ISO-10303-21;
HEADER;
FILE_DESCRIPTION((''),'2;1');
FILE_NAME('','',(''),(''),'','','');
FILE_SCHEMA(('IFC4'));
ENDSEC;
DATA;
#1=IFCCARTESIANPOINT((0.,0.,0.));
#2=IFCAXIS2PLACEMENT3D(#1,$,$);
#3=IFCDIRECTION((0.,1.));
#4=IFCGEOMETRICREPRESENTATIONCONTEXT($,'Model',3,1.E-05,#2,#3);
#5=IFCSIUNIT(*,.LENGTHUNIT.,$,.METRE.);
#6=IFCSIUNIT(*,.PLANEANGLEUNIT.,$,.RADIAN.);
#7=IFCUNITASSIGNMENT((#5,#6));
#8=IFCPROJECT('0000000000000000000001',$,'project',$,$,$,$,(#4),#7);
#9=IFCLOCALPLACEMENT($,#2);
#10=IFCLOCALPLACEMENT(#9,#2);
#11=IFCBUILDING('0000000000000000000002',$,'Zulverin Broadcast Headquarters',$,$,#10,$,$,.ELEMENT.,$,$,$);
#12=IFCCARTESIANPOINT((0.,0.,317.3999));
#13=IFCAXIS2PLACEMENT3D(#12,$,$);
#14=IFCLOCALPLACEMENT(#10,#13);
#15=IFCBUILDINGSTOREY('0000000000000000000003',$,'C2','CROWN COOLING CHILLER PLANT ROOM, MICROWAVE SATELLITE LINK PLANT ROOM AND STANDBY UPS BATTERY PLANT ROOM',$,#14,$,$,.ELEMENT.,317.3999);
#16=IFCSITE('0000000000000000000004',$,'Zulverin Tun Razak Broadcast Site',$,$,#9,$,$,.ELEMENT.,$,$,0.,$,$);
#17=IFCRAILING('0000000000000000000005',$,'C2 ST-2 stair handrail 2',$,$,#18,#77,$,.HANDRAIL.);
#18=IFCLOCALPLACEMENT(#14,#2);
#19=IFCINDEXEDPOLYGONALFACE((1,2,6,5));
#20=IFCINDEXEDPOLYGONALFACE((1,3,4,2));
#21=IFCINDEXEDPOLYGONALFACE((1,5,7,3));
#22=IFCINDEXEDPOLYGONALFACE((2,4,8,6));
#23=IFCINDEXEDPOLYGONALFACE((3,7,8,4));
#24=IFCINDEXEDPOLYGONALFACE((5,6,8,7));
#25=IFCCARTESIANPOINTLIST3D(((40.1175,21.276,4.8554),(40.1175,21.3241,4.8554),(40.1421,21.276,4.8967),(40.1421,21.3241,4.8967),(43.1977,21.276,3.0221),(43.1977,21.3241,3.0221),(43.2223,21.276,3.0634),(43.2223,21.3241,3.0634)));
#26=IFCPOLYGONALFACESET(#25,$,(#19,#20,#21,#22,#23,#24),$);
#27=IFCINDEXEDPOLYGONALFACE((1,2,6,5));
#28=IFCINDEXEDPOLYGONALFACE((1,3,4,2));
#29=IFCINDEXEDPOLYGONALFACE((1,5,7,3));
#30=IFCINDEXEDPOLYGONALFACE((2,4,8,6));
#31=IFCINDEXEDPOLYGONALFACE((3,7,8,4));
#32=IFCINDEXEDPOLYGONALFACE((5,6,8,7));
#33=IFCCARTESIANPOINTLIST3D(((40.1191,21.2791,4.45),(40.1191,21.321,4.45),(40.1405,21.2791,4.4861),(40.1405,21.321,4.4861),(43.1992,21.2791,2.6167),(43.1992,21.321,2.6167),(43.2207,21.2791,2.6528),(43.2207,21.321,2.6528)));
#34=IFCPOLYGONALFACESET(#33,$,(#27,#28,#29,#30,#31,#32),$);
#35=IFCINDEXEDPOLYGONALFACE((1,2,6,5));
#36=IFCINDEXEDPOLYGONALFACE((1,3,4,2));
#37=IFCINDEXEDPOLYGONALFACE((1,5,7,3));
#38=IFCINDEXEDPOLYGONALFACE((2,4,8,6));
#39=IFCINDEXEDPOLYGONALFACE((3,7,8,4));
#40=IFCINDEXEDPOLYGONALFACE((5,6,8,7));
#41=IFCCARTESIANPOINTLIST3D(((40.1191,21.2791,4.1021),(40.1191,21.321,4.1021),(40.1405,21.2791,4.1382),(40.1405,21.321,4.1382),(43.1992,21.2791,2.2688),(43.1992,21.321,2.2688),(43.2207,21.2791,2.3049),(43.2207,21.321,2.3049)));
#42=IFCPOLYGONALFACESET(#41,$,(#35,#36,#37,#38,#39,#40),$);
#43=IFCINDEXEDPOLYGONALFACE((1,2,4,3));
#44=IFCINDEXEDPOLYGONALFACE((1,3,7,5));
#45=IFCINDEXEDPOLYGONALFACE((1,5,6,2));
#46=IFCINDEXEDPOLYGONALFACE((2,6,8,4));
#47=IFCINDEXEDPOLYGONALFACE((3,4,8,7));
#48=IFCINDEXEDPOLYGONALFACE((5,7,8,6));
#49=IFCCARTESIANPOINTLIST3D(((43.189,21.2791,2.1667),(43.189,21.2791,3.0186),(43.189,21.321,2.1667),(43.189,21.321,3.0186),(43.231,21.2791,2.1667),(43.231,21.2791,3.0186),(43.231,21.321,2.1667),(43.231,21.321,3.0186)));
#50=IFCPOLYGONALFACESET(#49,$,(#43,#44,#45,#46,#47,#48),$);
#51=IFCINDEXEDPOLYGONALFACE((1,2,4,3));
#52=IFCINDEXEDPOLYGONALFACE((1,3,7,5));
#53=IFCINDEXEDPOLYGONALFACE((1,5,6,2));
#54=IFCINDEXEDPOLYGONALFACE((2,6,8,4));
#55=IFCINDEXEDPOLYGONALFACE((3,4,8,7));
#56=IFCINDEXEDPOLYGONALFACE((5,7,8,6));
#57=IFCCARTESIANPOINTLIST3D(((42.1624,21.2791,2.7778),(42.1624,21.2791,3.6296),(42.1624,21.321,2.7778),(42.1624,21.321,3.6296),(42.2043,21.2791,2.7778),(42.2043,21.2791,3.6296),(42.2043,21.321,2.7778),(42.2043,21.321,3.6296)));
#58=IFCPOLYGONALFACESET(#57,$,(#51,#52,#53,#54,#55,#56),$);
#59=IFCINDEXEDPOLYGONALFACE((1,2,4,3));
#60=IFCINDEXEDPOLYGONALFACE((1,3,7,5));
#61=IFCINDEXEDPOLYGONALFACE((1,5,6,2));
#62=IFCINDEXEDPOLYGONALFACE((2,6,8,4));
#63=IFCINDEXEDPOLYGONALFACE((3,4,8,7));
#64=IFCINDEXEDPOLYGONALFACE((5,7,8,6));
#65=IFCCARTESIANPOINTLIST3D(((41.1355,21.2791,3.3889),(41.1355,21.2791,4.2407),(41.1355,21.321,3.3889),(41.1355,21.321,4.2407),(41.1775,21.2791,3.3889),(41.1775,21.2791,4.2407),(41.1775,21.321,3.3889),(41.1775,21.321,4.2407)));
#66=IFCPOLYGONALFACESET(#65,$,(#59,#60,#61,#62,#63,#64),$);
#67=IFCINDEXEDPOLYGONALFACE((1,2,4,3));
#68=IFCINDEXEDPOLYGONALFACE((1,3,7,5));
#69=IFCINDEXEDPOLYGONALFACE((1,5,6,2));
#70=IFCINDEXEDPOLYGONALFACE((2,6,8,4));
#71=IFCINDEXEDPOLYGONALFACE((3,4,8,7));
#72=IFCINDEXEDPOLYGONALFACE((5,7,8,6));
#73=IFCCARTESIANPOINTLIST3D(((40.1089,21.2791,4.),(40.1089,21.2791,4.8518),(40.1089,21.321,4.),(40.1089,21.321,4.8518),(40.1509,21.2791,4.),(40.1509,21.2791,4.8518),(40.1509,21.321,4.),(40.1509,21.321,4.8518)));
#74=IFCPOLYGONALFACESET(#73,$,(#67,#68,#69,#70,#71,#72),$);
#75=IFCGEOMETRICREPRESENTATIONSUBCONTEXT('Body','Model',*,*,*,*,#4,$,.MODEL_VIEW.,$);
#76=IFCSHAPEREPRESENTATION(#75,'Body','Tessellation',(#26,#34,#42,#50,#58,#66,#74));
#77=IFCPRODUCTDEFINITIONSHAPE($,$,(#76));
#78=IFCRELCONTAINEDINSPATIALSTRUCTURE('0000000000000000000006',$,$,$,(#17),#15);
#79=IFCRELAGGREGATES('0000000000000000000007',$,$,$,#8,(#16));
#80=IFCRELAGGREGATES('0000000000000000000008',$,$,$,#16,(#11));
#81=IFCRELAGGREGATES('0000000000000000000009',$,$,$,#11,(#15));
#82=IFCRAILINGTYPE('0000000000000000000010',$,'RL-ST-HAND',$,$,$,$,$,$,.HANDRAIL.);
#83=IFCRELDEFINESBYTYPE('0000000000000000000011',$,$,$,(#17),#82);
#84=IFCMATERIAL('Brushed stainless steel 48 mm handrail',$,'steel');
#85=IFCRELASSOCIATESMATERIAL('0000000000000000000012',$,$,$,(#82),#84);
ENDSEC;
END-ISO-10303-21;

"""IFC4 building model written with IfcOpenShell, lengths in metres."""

from ifc_helpers import new_model, si_unit, direction, frame, origin, origin_2d, place, context, subcontext, project, spatial, rectangle, extrude, material, type_object, element, save


model = new_model("IFC4")

# Units and contexts
model_context = context("Model", 3, precision=1e-05, world=origin(), true_north=direction((0.0, 1.0)))
body_context = subcontext(model_context, "Body", "Model", "MODEL_VIEW")
ifc_project = project(units=[si_unit("LENGTHUNIT", "METRE"), si_unit("PLANEANGLEUNIT", "RADIAN")], contexts=[model_context])

# Site, building, storey
site_placement = place(None, origin())
site = spatial("IfcSite", under=ifc_project, at=site_placement, Name="Zulverin Tun Razak Broadcast Site", CompositionType="ELEMENT", RefElevation=0.0)
building_placement = place(site_placement, origin())
building = spatial("IfcBuilding", under=site, at=building_placement, Name="Zulverin Broadcast Headquarters", CompositionType="ELEMENT")
storey_placement = place(building_placement, frame((0.0, 0.0, 317.3999)))
storey = spatial("IfcBuildingStorey", under=building, at=storey_placement, Name="C2", Description="CROWN COOLING CHILLER PLANT ROOM, MICROWAVE SATELLITE LINK PLANT ROOM AND STANDBY UPS BATTERY PLANT ROOM", CompositionType="ELEMENT", Elevation=317.3999)

# Railing
ifc_material_1 = material(Name="Brushed stainless steel 48 mm handrail", Category="steel")
railing_type_1 = type_object("IfcRailingType", Name="RL-ST-HAND", PredefinedType="HANDRAIL", material=ifc_material_1)
railing_1_placement = place(storey_placement, frame((43.21, 21.3, 2.1667)))
element("IfcRailing", 1, at=railing_1_placement, inside=storey, type_object=railing_type_1, Name="C2 ST-2 stair handrail 2", PredefinedType="HANDRAIL", context=body_context, shape_type="SweptSolid", body=[
    extrude(rectangle(XDim=0.0481, YDim=0.0481, at=origin_2d()), frame((0.0, 0.0, 0.876), z_axis=(-0.859309, 0.0, 0.511458), x_axis=(0.0, -1.0, 0.0)), (0.0, 0.0, 1.0), 3.5845),
    extrude(rectangle(XDim=0.042, YDim=0.042, at=origin_2d()), frame((0.0, 0.0, 0.468), z_axis=(-0.859309, 0.0, 0.511458), x_axis=(0.0, -1.0, 0.0)), (0.0, 0.0, 1.0), 3.5845),
    extrude(rectangle(XDim=0.042, YDim=0.042, at=origin_2d()), frame((0.0, 0.0, 0.1201), z_axis=(-0.859309, 0.0, 0.511458), x_axis=(0.0, -1.0, 0.0)), (0.0, 0.0, 1.0), 3.5845),
    extrude(rectangle(XDim=0.042, YDim=0.042, at=origin_2d()), origin(), (0.0, 0.0, 1.0), 0.8518),
    extrude(rectangle(XDim=0.042, YDim=0.042, at=origin_2d()), frame((-1.0266, 0.0, 0.6111)), (0.0, 0.0, 1.0), 0.8518),
    extrude(rectangle(XDim=0.042, YDim=0.042, at=origin_2d()), frame((-2.0535, 0.0, 1.2222)), (0.0, 0.0, 1.0), 0.8518),
    extrude(rectangle(XDim=0.042, YDim=0.042, at=origin_2d()), frame((-3.0801, 0.0, 1.8333)), (0.0, 0.0, 1.0), 0.8518),
])

save(model, "model.ifc")
